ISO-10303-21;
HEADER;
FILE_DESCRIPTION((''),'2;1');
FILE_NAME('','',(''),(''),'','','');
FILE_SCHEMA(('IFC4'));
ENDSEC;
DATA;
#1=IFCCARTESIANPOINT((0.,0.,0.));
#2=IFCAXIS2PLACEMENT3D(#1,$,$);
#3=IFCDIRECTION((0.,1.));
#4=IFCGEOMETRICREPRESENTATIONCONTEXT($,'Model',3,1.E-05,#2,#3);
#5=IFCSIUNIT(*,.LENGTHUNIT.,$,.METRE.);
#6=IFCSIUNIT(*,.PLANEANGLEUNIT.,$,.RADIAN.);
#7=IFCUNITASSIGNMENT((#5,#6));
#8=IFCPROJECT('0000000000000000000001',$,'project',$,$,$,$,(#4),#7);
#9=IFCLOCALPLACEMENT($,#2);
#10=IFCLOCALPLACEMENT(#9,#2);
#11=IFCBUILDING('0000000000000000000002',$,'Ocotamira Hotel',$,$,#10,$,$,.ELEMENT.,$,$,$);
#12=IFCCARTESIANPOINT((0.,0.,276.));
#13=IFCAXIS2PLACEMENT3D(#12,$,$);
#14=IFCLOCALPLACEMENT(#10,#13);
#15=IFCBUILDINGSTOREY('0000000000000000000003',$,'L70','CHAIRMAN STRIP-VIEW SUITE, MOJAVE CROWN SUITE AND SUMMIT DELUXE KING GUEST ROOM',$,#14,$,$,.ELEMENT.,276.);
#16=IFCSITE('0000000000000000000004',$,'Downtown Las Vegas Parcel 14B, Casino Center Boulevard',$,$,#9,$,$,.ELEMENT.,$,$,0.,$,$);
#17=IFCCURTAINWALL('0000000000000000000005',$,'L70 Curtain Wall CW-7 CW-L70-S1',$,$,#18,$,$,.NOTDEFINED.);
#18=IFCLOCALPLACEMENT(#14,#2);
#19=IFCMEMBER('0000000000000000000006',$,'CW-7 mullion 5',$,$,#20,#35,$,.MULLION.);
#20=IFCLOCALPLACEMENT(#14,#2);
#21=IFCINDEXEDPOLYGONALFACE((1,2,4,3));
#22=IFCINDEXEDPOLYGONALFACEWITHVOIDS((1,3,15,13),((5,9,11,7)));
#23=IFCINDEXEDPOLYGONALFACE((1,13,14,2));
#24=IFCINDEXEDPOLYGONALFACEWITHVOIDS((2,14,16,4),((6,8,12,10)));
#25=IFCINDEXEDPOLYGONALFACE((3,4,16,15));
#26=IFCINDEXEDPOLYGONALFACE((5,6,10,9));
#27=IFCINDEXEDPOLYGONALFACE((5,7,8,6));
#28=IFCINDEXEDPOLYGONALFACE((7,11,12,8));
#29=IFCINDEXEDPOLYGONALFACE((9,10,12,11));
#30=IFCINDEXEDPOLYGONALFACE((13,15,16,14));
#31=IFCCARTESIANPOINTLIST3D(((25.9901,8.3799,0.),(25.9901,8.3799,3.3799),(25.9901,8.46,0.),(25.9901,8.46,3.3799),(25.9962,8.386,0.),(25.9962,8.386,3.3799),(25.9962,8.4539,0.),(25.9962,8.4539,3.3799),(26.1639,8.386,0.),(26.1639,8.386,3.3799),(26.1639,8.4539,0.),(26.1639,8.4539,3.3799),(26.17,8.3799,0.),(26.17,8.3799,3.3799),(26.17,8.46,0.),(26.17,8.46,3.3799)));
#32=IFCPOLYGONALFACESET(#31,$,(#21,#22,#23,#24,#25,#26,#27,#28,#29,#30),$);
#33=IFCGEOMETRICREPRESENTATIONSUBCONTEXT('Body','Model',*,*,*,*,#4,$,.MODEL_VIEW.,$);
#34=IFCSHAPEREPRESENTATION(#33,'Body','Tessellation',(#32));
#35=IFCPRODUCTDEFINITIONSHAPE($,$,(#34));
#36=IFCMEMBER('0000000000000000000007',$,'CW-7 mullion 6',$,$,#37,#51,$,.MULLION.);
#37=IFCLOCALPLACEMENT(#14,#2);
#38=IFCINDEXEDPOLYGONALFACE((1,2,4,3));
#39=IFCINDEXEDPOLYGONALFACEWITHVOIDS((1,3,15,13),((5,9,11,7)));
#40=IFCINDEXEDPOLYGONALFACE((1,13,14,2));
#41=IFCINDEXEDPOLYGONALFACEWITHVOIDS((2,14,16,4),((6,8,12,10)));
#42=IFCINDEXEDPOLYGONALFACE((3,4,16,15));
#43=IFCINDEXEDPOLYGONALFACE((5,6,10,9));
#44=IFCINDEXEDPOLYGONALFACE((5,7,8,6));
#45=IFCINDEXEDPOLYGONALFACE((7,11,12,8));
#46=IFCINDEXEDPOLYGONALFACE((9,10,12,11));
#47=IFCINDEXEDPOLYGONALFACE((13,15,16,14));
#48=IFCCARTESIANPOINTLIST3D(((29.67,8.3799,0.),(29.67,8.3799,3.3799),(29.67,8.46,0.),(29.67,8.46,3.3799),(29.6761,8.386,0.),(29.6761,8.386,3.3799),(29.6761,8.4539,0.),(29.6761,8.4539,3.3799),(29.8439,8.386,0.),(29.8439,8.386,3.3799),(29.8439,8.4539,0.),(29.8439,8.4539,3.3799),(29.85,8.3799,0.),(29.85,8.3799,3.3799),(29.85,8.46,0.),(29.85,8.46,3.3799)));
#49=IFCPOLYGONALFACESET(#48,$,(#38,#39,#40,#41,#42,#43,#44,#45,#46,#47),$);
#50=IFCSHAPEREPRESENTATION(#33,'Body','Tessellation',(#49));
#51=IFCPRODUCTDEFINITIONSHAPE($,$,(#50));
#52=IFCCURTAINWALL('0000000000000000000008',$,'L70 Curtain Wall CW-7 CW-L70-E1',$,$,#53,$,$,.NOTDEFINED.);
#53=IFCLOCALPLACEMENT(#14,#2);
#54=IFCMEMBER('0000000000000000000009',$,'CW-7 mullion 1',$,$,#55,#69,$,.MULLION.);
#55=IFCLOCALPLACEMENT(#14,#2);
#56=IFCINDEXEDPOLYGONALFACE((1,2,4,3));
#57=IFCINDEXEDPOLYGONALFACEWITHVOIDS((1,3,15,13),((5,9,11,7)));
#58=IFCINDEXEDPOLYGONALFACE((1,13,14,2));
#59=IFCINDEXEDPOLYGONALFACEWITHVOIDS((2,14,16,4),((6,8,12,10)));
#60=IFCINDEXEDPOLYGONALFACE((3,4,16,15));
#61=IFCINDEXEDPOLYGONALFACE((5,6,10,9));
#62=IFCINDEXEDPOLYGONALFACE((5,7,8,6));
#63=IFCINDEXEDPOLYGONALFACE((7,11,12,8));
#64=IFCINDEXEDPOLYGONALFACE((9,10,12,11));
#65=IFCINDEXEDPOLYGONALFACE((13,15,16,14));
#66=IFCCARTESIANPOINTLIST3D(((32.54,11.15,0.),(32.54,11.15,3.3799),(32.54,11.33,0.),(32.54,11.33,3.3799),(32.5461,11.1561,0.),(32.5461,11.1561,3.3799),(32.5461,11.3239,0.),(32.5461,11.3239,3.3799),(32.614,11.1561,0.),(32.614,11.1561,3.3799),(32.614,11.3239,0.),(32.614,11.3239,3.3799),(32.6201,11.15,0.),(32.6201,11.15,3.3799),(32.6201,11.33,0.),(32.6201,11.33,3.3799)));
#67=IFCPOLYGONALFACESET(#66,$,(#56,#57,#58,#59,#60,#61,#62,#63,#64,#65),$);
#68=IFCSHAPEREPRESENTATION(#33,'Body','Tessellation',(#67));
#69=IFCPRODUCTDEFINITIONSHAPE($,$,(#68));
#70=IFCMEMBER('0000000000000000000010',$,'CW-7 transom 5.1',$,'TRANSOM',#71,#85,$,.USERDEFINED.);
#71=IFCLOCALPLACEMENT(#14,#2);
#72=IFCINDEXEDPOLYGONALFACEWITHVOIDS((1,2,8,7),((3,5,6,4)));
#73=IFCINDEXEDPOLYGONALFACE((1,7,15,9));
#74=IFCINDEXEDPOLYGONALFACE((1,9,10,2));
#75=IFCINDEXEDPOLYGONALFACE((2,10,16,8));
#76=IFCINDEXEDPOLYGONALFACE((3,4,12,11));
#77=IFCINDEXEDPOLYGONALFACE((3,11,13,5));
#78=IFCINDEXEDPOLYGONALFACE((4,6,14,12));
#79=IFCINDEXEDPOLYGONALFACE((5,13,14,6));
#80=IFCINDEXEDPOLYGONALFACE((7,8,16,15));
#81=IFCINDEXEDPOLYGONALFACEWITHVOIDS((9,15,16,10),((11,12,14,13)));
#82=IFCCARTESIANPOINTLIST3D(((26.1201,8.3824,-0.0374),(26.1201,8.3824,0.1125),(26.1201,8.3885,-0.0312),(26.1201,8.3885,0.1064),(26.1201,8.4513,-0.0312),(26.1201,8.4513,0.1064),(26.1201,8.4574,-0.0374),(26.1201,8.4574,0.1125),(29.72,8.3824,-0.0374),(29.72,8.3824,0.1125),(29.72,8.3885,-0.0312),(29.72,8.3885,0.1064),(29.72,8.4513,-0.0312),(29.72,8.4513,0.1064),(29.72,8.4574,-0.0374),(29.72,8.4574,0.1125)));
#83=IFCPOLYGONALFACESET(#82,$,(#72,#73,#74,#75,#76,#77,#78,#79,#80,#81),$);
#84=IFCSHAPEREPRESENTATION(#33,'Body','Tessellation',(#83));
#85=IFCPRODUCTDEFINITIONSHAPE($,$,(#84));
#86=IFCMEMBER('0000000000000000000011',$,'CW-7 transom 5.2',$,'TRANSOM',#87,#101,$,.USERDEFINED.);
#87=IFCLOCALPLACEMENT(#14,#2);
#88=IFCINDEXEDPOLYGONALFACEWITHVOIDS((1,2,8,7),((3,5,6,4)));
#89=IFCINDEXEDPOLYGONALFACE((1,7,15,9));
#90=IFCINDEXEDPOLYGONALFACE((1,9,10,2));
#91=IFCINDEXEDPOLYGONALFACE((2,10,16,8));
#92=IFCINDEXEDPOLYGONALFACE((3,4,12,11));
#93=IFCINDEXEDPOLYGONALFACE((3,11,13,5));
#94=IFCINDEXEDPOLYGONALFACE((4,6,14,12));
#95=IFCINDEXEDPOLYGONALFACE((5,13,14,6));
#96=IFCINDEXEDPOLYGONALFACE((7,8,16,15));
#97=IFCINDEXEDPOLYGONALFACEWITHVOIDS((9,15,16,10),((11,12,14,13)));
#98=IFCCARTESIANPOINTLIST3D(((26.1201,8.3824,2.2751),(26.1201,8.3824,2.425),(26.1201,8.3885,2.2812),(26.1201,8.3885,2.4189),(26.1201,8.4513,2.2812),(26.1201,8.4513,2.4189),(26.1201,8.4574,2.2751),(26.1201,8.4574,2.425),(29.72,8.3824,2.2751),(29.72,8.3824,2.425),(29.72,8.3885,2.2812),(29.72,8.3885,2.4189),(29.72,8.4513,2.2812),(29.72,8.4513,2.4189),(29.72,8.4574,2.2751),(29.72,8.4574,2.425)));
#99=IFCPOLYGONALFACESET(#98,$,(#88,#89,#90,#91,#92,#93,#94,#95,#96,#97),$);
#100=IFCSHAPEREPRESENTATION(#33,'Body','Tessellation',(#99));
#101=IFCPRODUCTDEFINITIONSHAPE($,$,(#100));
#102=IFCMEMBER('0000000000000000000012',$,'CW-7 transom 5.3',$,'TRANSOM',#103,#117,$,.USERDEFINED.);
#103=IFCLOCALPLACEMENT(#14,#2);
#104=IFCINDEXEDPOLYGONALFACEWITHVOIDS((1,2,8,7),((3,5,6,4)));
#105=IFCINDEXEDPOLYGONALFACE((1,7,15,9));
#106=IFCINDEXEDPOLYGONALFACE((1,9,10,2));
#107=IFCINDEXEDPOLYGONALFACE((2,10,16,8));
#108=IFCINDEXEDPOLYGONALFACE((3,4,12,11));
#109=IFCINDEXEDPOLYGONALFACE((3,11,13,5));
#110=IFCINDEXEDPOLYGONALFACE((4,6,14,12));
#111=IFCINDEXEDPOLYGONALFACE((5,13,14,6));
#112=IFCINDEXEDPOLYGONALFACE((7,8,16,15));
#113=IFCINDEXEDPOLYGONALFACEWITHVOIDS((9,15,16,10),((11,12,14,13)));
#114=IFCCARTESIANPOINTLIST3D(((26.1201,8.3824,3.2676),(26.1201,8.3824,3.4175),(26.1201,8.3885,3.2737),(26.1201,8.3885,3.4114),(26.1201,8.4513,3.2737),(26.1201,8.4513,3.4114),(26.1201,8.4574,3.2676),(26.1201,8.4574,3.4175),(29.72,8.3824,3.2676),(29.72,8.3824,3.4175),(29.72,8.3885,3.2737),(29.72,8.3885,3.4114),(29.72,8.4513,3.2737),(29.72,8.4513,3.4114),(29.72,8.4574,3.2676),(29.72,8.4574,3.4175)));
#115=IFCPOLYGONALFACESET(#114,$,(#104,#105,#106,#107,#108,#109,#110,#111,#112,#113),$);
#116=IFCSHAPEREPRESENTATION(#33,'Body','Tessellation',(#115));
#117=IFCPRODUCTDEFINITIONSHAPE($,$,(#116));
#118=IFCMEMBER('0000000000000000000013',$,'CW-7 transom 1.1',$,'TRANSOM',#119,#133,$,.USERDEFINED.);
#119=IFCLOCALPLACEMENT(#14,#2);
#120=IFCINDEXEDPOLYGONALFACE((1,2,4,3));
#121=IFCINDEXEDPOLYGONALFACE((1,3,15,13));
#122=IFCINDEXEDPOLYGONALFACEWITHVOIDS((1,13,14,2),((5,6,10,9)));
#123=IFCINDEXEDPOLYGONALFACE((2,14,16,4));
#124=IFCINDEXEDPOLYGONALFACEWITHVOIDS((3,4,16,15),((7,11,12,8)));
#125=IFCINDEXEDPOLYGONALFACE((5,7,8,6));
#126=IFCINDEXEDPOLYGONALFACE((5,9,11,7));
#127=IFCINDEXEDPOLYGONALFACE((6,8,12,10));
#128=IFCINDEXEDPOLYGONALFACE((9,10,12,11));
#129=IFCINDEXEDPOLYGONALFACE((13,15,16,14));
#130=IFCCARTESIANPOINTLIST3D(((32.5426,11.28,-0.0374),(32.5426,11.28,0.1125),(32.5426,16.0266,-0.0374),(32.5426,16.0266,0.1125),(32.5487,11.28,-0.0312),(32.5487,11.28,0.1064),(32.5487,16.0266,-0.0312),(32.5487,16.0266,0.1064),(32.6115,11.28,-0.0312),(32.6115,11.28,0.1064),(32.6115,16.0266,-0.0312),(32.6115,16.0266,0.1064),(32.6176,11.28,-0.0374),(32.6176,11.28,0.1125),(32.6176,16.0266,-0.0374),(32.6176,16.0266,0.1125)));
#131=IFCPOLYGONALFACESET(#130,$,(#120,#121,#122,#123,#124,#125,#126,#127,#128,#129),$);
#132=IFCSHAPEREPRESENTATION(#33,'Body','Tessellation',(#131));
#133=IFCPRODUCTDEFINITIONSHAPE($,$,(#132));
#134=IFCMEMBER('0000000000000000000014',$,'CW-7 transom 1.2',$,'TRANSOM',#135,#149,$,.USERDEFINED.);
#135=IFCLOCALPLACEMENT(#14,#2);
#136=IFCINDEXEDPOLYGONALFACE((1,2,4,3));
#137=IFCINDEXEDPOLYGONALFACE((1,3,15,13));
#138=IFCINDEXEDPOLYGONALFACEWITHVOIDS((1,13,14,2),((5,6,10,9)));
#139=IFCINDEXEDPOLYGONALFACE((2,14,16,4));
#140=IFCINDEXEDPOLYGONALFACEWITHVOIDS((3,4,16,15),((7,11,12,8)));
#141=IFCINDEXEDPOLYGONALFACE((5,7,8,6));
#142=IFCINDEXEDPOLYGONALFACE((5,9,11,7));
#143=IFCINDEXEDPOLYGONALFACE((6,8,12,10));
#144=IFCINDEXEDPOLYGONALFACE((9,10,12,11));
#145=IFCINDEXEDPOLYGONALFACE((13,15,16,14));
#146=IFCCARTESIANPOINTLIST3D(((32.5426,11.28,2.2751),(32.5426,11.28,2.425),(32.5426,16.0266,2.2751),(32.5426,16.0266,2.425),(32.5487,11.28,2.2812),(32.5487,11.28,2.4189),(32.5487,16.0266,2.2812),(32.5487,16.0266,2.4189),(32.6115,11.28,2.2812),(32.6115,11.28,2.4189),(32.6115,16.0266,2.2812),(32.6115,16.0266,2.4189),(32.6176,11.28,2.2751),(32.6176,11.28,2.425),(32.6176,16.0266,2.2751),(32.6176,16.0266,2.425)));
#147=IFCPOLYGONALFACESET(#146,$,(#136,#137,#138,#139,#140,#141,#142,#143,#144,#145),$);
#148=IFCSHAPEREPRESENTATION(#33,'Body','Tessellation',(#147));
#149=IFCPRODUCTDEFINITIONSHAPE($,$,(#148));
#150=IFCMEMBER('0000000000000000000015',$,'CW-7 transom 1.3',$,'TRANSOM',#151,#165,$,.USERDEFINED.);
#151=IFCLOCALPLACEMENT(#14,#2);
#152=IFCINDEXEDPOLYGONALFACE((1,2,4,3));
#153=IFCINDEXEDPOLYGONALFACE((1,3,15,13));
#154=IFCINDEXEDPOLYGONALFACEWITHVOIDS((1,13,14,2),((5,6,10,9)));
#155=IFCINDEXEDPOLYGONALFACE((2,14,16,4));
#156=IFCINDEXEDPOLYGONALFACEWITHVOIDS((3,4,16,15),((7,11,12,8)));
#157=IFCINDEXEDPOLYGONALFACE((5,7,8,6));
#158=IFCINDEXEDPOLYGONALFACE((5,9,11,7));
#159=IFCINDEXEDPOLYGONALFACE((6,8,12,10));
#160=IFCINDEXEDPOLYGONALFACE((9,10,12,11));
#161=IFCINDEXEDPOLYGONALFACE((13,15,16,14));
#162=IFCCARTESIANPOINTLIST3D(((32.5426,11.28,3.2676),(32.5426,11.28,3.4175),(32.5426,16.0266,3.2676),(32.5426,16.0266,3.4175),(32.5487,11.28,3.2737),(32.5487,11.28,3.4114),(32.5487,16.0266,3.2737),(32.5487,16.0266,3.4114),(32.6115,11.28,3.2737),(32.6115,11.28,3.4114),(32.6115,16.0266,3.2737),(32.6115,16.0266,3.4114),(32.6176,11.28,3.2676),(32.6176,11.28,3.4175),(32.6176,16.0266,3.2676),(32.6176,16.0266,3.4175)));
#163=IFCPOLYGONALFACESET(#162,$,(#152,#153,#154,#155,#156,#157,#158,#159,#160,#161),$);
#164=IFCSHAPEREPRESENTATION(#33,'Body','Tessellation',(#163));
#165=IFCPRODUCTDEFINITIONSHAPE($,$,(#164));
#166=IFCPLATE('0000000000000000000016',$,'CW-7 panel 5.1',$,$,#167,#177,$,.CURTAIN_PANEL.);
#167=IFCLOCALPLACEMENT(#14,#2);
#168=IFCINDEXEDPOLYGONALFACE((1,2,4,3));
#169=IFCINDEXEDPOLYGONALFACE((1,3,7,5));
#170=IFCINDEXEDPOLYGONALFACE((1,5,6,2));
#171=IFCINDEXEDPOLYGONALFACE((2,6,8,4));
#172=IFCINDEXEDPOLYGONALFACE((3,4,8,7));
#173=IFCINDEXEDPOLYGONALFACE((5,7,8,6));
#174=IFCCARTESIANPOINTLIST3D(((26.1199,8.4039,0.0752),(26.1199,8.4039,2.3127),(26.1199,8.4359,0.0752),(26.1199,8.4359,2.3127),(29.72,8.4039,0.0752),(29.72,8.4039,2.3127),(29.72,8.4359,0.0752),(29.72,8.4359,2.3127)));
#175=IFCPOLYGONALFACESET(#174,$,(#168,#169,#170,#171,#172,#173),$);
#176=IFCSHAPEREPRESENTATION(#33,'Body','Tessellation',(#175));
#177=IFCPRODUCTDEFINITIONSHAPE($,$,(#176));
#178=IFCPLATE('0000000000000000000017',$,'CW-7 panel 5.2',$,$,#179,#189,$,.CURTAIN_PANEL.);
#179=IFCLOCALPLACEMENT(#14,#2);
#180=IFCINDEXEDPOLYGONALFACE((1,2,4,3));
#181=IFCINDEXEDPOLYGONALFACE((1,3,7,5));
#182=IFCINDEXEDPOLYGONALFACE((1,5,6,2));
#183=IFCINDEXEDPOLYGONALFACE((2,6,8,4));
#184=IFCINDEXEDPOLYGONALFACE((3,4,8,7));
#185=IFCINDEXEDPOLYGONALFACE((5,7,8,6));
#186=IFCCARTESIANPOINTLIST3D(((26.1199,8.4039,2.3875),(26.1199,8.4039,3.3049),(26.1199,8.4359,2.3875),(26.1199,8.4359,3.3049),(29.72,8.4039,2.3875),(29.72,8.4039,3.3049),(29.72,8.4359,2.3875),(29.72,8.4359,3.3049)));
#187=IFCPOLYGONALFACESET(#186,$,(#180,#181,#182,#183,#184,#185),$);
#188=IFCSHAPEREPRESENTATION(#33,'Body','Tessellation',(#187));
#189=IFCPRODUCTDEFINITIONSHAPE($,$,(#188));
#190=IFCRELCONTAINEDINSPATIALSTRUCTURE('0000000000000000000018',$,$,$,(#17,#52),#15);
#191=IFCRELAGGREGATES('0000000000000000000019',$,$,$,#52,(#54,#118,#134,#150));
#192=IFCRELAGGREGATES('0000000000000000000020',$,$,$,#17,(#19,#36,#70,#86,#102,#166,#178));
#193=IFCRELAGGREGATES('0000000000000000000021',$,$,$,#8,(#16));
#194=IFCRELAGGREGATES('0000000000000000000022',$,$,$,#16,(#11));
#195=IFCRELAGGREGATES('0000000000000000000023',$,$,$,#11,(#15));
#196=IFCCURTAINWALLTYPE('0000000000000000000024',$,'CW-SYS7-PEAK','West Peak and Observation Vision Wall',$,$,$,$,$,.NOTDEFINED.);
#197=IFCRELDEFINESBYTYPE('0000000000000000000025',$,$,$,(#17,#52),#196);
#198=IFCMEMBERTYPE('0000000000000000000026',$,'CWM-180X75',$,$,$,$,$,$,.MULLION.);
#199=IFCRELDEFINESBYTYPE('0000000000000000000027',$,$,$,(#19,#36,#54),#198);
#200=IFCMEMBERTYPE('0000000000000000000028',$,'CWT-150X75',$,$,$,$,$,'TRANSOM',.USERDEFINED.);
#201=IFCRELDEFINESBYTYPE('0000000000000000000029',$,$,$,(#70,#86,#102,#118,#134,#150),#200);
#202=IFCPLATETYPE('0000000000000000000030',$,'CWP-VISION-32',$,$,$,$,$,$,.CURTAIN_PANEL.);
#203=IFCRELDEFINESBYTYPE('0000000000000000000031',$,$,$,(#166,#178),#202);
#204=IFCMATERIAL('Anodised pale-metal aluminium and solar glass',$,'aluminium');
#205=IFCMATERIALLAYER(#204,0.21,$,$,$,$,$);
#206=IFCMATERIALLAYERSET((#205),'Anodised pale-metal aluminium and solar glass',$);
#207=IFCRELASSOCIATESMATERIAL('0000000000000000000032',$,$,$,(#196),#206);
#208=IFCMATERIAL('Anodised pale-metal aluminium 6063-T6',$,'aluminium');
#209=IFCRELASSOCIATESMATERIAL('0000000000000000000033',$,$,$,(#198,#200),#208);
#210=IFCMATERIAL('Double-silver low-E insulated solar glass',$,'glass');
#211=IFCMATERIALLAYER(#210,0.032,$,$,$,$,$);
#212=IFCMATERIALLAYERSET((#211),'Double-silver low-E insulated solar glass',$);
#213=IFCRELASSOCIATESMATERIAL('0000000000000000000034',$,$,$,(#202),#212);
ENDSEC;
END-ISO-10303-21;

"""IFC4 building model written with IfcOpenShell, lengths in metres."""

from ifc_helpers import new_model, si_unit, direction, frame, origin, origin_2d, place, context, subcontext, project, spatial, rectangle, hollow_rectangle, extrude, source, transform, mapped, material, layer, layer_set, material_profile, profile_set, type_object, element, aggregate, save


model = new_model("IFC4")

# Units and contexts
model_context = context("Model", 3, precision=1e-05, world=origin(), true_north=direction((0.0, 1.0)))
body_context = subcontext(model_context, "Body", "Model", "MODEL_VIEW")
ifc_project = project(units=[si_unit("LENGTHUNIT", "METRE"), si_unit("PLANEANGLEUNIT", "RADIAN")], contexts=[model_context])

# Site, building, storey
site_placement = place(None, origin())
site = spatial("IfcSite", under=ifc_project, at=site_placement, Name="Downtown Las Vegas Parcel 14B, Casino Center Boulevard", CompositionType="ELEMENT", RefElevation=0.0)
building_placement = place(site_placement, origin())
building = spatial("IfcBuilding", under=site, at=building_placement, Name="Ocotamira Hotel", CompositionType="ELEMENT")
storey_placement = place(building_placement, frame((0.0, 0.0, 276.0)))
storey = spatial("IfcBuildingStorey", under=building, at=storey_placement, Name="L70", Description="CHAIRMAN STRIP-VIEW SUITE, MOJAVE CROWN SUITE AND SUMMIT DELUXE KING GUEST ROOM", CompositionType="ELEMENT", Elevation=276.0)

# Curtain wall, members
ifc_material_1 = material(Name="Anodised pale-metal aluminium and solar glass", Category="aluminium")
ifc_layer_1 = layer(ifc_material_1, 0.21)
ifc_layer_set_1 = layer_set([ifc_layer_1], Name="Anodised pale-metal aluminium and solar glass")
curtain_wall_type = type_object("IfcCurtainWallType", Name="CW-SYS7-PEAK", Description="West Peak and Observation Vision Wall", PredefinedType="NOTDEFINED", material=ifc_layer_set_1)
curtain_wall_1_placement = place(storey_placement, origin())
curtain_wall_1 = element("IfcCurtainWall", 1, at=curtain_wall_1_placement, inside=storey, type_object=curtain_wall_type, Name="L70 Curtain Wall CW-7 CW-L70-S1", PredefinedType="NOTDEFINED")
ifc_material_2 = material(Name="Anodised pale-metal aluminium 6063-T6", Category="aluminium")
ifc_material_profile_1 = material_profile(ifc_material_2, hollow_rectangle(XDim=0.0801, YDim=0.1799, WallThickness=0.0061, at=origin_2d()), Name="HSS180X80X6")
ifc_profile_set_1 = profile_set([ifc_material_profile_1], Name="Anodised pale-metal aluminium 6063-T6")
member_type_1 = type_object("IfcMemberType", Name="CWM-180X75", PredefinedType="MULLION", material=ifc_profile_set_1)
shared_shape_1 = source(origin(), body_context, "Body", "SweptSolid", [
    extrude(hollow_rectangle(XDim=0.0801, YDim=0.1799, WallThickness=0.0061, at=origin_2d()), origin(), (0.0, 0.0, 1.0), 3.3799),
])
member_1_placement = place(storey_placement, frame((26.0801, 8.4199, 0.0), z_axis=(0.0, 0.0, 1.0), x_axis=(0.0, 1.0, 0.0)))
member_1 = element("IfcMember", 2, at=member_1_placement, type_object=member_type_1, Name="CW-7 mullion 5", PredefinedType="MULLION", context=body_context, shape_type="MappedRepresentation", body=[
    mapped(shared_shape_1, transform((0.0, 0.0, 0.0), scale=1.0)),
])
member_2_placement = place(storey_placement, frame((29.76, 8.4199, 0.0), z_axis=(0.0, 0.0, 1.0), x_axis=(0.0, 1.0, 0.0)))
member_2 = element("IfcMember", 3, at=member_2_placement, type_object=member_type_1, Name="CW-7 mullion 6", PredefinedType="MULLION", context=body_context, shape_type="MappedRepresentation", body=[
    mapped(shared_shape_1, transform((0.0, 0.0, 0.0), scale=1.0)),
])

# Curtain wall, member
curtain_wall_2_placement = place(storey_placement, origin())
curtain_wall_2 = element("IfcCurtainWall", 4, at=curtain_wall_2_placement, inside=storey, type_object=curtain_wall_type, Name="L70 Curtain Wall CW-7 CW-L70-E1", PredefinedType="NOTDEFINED")
member_3_placement = place(storey_placement, frame((32.5801, 11.24, 0.0), z_axis=(0.0, 0.0, 1.0), x_axis=(-1.0, 0.0, 0.0)))
member_3 = element("IfcMember", 5, at=member_3_placement, type_object=member_type_1, Name="CW-7 mullion 1", PredefinedType="MULLION", context=body_context, shape_type="MappedRepresentation", body=[
    mapped(shared_shape_1, transform((0.0, 0.0, 0.0), scale=1.0)),
])

# Members
ifc_material_profile_2 = material_profile(ifc_material_2, hollow_rectangle(XDim=0.075, YDim=0.1499, WallThickness=0.0061, at=origin_2d()), Name="HSS150X75X6")
ifc_profile_set_2 = profile_set([ifc_material_profile_2], Name="Anodised pale-metal aluminium 6063-T6")
member_type_2 = type_object("IfcMemberType", Name="CWT-150X75", ElementType="TRANSOM", PredefinedType="USERDEFINED", material=ifc_profile_set_2)
shared_shape_2 = source(origin(), body_context, "Body", "SweptSolid", [
    extrude(hollow_rectangle(XDim=0.075, YDim=0.1499, WallThickness=0.0061, at=origin_2d()), origin(), (0.0, 0.0, 1.0), 3.5999),
])
member_4_placement = place(storey_placement, frame((26.1201, 8.4199, 0.0376), z_axis=(1.0, 0.0, 0.0), x_axis=(0.0, 1.0, 0.0)))
member_4 = element("IfcMember", 6, at=member_4_placement, type_object=member_type_2, Name="CW-7 transom 5.1", ObjectType="TRANSOM", PredefinedType="USERDEFINED", context=body_context, shape_type="MappedRepresentation", body=[
    mapped(shared_shape_2, transform((0.0, 0.0, 0.0), scale=1.0)),
])
member_5_placement = place(storey_placement, frame((26.1201, 8.4199, 2.3501), z_axis=(1.0, 0.0, 0.0), x_axis=(0.0, 1.0, 0.0)))
member_5 = element("IfcMember", 7, at=member_5_placement, type_object=member_type_2, Name="CW-7 transom 5.2", ObjectType="TRANSOM", PredefinedType="USERDEFINED", context=body_context, shape_type="MappedRepresentation", body=[
    mapped(shared_shape_2, transform((0.0, 0.0, 0.0), scale=1.0)),
])
member_6_placement = place(storey_placement, frame((26.1201, 8.4199, 3.3425), z_axis=(1.0, 0.0, 0.0), x_axis=(0.0, 1.0, 0.0)))
member_6 = element("IfcMember", 8, at=member_6_placement, type_object=member_type_2, Name="CW-7 transom 5.3", ObjectType="TRANSOM", PredefinedType="USERDEFINED", context=body_context, shape_type="MappedRepresentation", body=[
    mapped(shared_shape_2, transform((0.0, 0.0, 0.0), scale=1.0)),
])
shared_shape_3 = source(origin(), body_context, "Body", "SweptSolid", [
    extrude(hollow_rectangle(XDim=0.075, YDim=0.1499, WallThickness=0.0061, at=origin_2d()), origin(), (0.0, 0.0, 1.0), 4.7466),
])
member_7_placement = place(storey_placement, frame((32.5801, 11.28, 0.0376), z_axis=(0.0, 1.0, 0.0), x_axis=(-1.0, 0.0, 0.0)))
member_7 = element("IfcMember", 9, at=member_7_placement, type_object=member_type_2, Name="CW-7 transom 1.1", ObjectType="TRANSOM", PredefinedType="USERDEFINED", context=body_context, shape_type="MappedRepresentation", body=[
    mapped(shared_shape_3, transform((0.0, 0.0, 0.0), scale=1.0)),
])
member_8_placement = place(storey_placement, frame((32.5801, 11.28, 2.3501), z_axis=(0.0, 1.0, 0.0), x_axis=(-1.0, 0.0, 0.0)))
member_8 = element("IfcMember", 10, at=member_8_placement, type_object=member_type_2, Name="CW-7 transom 1.2", ObjectType="TRANSOM", PredefinedType="USERDEFINED", context=body_context, shape_type="MappedRepresentation", body=[
    mapped(shared_shape_3, transform((0.0, 0.0, 0.0), scale=1.0)),
])
member_9_placement = place(storey_placement, frame((32.5801, 11.28, 3.3425), z_axis=(0.0, 1.0, 0.0), x_axis=(-1.0, 0.0, 0.0)))
member_9 = element("IfcMember", 11, at=member_9_placement, type_object=member_type_2, Name="CW-7 transom 1.3", ObjectType="TRANSOM", PredefinedType="USERDEFINED", context=body_context, shape_type="MappedRepresentation", body=[
    mapped(shared_shape_3, transform((0.0, 0.0, 0.0), scale=1.0)),
])
aggregate(curtain_wall_2, [member_3, member_7, member_8, member_9])

# Plates
ifc_material_3 = material(Name="Double-silver low-E insulated solar glass", Category="glass")
ifc_layer_2 = layer(ifc_material_3, 0.032)
ifc_layer_set_2 = layer_set([ifc_layer_2], Name="Double-silver low-E insulated solar glass")
plate_type = type_object("IfcPlateType", Name="CWP-VISION-32", PredefinedType="CURTAIN_PANEL", material=ifc_layer_set_2)
shared_shape_4 = source(origin(), body_context, "Body", "SweptSolid", [
    extrude(rectangle(XDim=3.6001, YDim=0.032, at=origin_2d()), origin(), (0.0, 0.0, 1.0), 2.2375),
])
plate_1_placement = place(storey_placement, frame((27.9199, 8.4199, 0.0752), z_axis=(0.0, 0.0, 1.0), x_axis=(1.0, 0.0, 0.0)))
plate_1 = element("IfcPlate", 12, at=plate_1_placement, type_object=plate_type, Name="CW-7 panel 5.1", PredefinedType="CURTAIN_PANEL", context=body_context, shape_type="MappedRepresentation", body=[
    mapped(shared_shape_4, transform((0.0, 0.0, 0.0), scale=1.0)),
])
shared_shape_5 = source(origin(), body_context, "Body", "SweptSolid", [
    extrude(rectangle(XDim=3.6001, YDim=0.032, at=origin_2d()), origin(), (0.0, 0.0, 1.0), 0.9175),
])
plate_2_placement = place(storey_placement, frame((27.9199, 8.4199, 2.3875), z_axis=(0.0, 0.0, 1.0), x_axis=(1.0, 0.0, 0.0)))
plate_2 = element("IfcPlate", 13, at=plate_2_placement, type_object=plate_type, Name="CW-7 panel 5.2", PredefinedType="CURTAIN_PANEL", context=body_context, shape_type="MappedRepresentation", body=[
    mapped(shared_shape_5, transform((0.0, 0.0, 0.0), scale=1.0)),
])
aggregate(curtain_wall_1, [member_1, member_2, member_4, member_5, member_6, plate_1, plate_2])

save(model, "model.ifc")
